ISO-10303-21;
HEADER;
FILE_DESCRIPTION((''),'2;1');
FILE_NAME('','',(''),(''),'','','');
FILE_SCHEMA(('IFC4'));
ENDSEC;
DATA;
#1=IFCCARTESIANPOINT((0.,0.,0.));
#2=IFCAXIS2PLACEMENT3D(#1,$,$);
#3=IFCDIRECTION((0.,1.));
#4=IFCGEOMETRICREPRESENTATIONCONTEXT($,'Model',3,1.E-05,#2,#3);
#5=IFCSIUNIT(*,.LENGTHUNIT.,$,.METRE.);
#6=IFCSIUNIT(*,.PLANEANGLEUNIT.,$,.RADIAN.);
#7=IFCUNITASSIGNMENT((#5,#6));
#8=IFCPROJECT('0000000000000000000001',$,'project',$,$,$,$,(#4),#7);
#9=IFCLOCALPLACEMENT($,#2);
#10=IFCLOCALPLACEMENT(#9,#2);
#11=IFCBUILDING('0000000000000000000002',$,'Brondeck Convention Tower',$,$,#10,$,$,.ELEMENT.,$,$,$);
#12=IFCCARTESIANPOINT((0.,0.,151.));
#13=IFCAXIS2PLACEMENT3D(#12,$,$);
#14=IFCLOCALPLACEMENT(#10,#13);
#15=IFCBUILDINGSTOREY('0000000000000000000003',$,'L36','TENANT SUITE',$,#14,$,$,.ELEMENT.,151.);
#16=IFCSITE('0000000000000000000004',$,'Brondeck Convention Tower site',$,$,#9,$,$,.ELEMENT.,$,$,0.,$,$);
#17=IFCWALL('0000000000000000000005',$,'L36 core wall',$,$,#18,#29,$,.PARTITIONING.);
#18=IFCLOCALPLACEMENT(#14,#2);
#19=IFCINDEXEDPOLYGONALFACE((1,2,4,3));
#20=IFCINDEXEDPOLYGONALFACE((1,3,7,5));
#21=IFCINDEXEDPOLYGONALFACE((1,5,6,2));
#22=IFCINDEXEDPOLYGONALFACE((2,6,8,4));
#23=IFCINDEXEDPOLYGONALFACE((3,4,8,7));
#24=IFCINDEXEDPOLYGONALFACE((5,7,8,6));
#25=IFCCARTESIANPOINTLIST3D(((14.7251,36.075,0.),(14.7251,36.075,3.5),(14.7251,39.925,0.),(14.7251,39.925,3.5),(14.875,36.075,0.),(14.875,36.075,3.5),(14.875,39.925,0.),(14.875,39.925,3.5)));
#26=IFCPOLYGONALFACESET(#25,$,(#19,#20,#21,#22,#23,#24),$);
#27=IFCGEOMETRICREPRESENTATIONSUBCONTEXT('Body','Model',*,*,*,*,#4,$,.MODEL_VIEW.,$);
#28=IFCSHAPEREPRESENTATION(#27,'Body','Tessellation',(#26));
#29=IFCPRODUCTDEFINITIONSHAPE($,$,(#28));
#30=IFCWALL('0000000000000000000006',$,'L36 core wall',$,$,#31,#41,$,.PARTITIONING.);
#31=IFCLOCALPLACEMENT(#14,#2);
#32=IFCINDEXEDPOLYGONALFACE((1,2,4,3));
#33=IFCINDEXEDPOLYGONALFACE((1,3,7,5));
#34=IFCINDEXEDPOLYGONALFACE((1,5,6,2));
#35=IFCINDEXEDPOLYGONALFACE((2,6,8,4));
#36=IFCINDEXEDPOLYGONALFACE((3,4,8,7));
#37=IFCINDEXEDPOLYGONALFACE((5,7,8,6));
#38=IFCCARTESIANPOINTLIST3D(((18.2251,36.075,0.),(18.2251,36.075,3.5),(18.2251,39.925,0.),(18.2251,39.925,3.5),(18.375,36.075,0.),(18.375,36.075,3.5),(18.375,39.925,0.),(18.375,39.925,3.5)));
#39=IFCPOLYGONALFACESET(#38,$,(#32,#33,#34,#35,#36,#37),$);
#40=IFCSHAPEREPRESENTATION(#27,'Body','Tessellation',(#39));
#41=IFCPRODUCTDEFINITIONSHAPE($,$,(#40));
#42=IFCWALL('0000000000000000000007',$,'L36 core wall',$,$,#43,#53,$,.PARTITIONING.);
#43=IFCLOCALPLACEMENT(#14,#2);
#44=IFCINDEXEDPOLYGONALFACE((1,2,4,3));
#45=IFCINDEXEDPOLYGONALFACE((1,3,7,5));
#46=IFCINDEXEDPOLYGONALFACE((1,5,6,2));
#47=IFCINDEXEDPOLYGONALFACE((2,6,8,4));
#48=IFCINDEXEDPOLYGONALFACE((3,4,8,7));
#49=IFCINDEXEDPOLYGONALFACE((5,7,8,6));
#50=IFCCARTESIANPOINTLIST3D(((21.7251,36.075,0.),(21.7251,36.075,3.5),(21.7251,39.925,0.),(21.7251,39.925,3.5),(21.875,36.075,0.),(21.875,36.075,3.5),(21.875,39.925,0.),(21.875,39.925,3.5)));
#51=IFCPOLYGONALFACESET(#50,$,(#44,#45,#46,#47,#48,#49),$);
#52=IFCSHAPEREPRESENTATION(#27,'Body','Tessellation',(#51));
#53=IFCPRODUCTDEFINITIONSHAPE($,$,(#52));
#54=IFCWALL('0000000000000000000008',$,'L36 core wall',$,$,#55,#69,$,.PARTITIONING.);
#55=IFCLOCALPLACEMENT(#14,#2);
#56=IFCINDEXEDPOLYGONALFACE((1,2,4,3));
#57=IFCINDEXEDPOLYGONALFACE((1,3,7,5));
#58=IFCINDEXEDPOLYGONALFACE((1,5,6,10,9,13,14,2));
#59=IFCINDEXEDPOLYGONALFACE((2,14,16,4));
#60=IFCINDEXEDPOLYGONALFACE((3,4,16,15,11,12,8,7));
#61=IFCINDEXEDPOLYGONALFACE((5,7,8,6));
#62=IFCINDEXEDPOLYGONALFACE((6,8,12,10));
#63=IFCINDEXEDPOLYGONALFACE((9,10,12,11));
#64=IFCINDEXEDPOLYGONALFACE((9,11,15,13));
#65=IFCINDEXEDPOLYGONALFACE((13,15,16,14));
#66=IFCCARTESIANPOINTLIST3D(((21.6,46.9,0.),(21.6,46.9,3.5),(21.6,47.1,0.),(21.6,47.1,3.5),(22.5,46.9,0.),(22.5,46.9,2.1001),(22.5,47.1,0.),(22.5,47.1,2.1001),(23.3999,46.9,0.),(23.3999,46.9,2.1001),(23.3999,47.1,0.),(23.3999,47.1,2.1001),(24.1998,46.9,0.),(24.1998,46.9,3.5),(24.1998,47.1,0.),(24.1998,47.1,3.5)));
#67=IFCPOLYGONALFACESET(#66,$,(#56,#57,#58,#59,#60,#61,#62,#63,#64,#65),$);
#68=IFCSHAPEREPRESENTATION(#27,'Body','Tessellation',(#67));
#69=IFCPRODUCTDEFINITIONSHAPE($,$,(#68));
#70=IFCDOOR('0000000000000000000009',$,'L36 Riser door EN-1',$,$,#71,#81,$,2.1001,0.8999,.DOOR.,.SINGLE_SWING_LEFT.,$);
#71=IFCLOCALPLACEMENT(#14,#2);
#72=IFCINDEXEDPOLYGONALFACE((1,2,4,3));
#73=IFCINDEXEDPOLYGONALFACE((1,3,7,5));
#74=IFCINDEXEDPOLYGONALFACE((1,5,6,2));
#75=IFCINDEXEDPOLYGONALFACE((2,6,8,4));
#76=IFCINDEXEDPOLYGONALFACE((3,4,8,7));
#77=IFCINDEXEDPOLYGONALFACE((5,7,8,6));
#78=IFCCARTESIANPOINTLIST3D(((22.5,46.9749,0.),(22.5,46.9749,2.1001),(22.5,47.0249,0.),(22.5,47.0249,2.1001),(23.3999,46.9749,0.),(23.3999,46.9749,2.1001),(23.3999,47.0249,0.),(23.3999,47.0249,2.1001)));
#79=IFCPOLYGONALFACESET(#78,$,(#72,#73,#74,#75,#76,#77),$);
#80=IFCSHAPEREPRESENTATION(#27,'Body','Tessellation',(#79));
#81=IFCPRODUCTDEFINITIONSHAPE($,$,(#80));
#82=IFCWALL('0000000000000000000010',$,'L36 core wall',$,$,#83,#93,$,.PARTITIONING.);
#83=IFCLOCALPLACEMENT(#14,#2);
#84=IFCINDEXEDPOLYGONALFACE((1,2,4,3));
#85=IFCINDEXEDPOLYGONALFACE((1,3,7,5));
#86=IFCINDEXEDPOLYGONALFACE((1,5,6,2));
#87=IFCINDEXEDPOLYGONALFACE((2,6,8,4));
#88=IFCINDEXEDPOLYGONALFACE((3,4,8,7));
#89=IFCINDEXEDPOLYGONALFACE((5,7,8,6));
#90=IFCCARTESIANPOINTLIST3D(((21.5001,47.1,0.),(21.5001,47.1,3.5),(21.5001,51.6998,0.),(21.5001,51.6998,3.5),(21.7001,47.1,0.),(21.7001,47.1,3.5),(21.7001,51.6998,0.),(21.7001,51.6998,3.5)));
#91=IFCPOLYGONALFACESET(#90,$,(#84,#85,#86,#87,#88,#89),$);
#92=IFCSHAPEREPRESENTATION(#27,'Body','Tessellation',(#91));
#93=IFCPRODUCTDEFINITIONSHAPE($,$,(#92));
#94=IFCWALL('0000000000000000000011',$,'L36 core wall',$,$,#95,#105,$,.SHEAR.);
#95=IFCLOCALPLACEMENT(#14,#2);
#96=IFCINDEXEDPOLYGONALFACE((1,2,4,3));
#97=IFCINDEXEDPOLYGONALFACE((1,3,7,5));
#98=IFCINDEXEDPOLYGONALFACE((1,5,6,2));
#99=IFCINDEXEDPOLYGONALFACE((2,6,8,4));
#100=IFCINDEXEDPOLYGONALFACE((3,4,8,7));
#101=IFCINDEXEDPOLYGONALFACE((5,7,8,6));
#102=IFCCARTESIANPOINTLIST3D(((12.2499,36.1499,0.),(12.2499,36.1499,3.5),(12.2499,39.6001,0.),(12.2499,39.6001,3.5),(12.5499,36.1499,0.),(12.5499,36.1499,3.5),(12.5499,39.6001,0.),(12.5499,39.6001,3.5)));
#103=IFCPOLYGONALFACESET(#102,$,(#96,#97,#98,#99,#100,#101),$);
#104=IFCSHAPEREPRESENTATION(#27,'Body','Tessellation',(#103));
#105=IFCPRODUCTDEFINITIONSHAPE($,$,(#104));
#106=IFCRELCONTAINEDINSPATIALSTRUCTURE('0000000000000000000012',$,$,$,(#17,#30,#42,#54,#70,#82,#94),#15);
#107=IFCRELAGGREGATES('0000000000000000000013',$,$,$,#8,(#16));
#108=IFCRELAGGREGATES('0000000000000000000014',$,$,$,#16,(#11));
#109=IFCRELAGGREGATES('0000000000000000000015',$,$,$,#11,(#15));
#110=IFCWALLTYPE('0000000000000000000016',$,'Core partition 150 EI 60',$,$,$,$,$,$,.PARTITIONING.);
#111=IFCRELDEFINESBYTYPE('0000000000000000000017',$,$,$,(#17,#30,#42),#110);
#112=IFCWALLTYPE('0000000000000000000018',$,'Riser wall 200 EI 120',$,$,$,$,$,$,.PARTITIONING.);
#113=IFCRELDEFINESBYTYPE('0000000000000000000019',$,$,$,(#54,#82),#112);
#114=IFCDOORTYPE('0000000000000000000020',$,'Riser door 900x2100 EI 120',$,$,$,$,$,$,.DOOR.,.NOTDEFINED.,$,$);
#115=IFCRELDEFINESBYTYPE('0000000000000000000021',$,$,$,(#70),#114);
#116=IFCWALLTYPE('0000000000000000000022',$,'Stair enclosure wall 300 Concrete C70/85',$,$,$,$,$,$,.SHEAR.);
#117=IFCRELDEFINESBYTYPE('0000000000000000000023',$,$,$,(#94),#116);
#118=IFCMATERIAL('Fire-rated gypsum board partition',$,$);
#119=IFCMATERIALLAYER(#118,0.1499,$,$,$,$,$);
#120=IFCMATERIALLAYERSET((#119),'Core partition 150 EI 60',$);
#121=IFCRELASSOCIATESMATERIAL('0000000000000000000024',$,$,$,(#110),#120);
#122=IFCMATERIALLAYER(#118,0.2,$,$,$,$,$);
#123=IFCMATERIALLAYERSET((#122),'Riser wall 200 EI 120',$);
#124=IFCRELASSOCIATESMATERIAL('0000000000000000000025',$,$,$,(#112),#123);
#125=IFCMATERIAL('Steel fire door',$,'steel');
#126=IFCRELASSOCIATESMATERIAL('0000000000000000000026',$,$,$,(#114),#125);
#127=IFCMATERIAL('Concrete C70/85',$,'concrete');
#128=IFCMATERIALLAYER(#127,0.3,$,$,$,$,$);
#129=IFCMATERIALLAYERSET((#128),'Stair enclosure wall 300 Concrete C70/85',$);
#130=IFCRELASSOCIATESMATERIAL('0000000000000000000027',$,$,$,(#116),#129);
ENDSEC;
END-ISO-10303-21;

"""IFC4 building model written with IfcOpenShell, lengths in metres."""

from ifc_helpers import new_model, si_unit, direction, frame, frame_2d, origin, place, context, subcontext, project, spatial, rectangle, extrude, material, layer, layer_set, type_object, element, fill, save


model = new_model("IFC4")

# Units and contexts
model_context = context("Model", 3, precision=1e-05, world=origin(), true_north=direction((0.0, 1.0)))
body_context = subcontext(model_context, "Body", "Model", "MODEL_VIEW")
ifc_project = project(units=[si_unit("LENGTHUNIT", "METRE"), si_unit("PLANEANGLEUNIT", "RADIAN")], contexts=[model_context])

# Site, building, storey
site_placement = place(None, origin())
site = spatial("IfcSite", under=ifc_project, at=site_placement, Name="Brondeck Convention Tower site", CompositionType="ELEMENT", RefElevation=0.0)
building_placement = place(site_placement, origin())
building = spatial("IfcBuilding", under=site, at=building_placement, Name="Brondeck Convention Tower", CompositionType="ELEMENT")
storey_placement = place(building_placement, frame((0.0, 0.0, 151.0)))
storey = spatial("IfcBuildingStorey", under=building, at=storey_placement, Name="L36", Description="TENANT SUITE", CompositionType="ELEMENT", Elevation=151.0)

# Shared definitions
ifc_material_1 = material(Name="Concrete C70/85", Category="concrete")
ifc_material_2 = material(Name="Steel fire door", Category="steel")

# Walls
ifc_material_3 = material(Name="Fire-rated gypsum board partition")
ifc_layer_1 = layer(ifc_material_3, 0.1499)
ifc_layer_set_1 = layer_set([ifc_layer_1], Name="Core partition 150 EI 60")
wall_type_1 = type_object("IfcWallType", Name="Core partition 150 EI 60", PredefinedType="PARTITIONING", material=ifc_layer_set_1)
for number, where, z_axis, x_axis, name in (
    (1, (14.8, 36.075, 0.0), (0.0, 0.0, 1.0), (0.0, 1.0, 0.0), "L36 core wall"),
    (2, (18.3, 36.075, 0.0), (0.0, 0.0, 1.0), (0.0, 1.0, 0.0), "L36 core wall"),
    (3, (21.8, 36.075, 0.0), (0.0, 0.0, 1.0), (0.0, 1.0, 0.0), "L36 core wall"),
):
    element("IfcWall", number, at=place(storey_placement, frame(where, z_axis=z_axis, x_axis=x_axis)), inside=storey, type_object=wall_type_1, Name=name, PredefinedType="PARTITIONING", context=body_context, shape_type="SweptSolid", body=[
        extrude(rectangle(XDim=3.8501, YDim=0.1499, at=frame_2d((1.925, 0.0))), origin(), (0.0, 0.0, 1.0), 3.5),
    ])

# Wall, opening, door
ifc_layer_2 = layer(ifc_material_3, 0.2)
ifc_layer_set_2 = layer_set([ifc_layer_2], Name="Riser wall 200 EI 120")
wall_type_2 = type_object("IfcWallType", Name="Riser wall 200 EI 120", PredefinedType="PARTITIONING", material=ifc_layer_set_2)
wall_1_placement = place(storey_placement, frame((21.6001, 47.0, 0.0), z_axis=(0.0, 0.0, 1.0), x_axis=(1.0, 0.0, 0.0)))
wall_1 = element("IfcWall", 4, at=wall_1_placement, inside=storey, type_object=wall_type_2, Name="L36 core wall", PredefinedType="PARTITIONING", context=body_context, shape_type="SweptSolid", body=[
    extrude(rectangle(XDim=2.5999, YDim=0.2, at=frame_2d((1.2998, 0.0))), origin(), (0.0, 0.0, 1.0), 3.5),
])
opening_1_placement = place(wall_1_placement, frame((0.8999, 0.0, 0.0)))
opening_1 = element("IfcOpeningElement", 5, at=opening_1_placement, cuts=wall_1, PredefinedType="OPENING", context=body_context, shape_type="SweptSolid", body=[
    extrude(rectangle(XDim=0.8999, YDim=2.1001, at=frame_2d((0.45, 1.05))), frame((0.0, 0.1099, 0.0), z_axis=(0.0, -1.0, 0.0), x_axis=(1.0, 0.0, 0.0)), (0.0, 0.0, 1.0), 0.22),
])
door_type_1 = type_object("IfcDoorType", Name="Riser door 900x2100 EI 120", OperationType="NOTDEFINED", PredefinedType="DOOR", material=ifc_material_2)
door_1_placement = place(opening_1_placement, origin())
door_1 = element("IfcDoor", 6, at=door_1_placement, inside=storey, type_object=door_type_1, Name="L36 Riser door EN-1", OperationType="SINGLE_SWING_LEFT", OverallHeight=2.1001, OverallWidth=0.8999, PredefinedType="DOOR", context=body_context, shape_type="SweptSolid", body=[
    extrude(rectangle(XDim=0.8999, YDim=2.1001, at=frame_2d((0.45, 1.05))), frame((0.0, 0.0249, 0.0), z_axis=(0.0, -1.0, 0.0), x_axis=(1.0, 0.0, 0.0)), (0.0, 0.0, 1.0), 0.05),
])
fill(opening_1, door_1)

# Walls
wall_2_placement = place(storey_placement, frame((21.6001, 47.1001, 0.0), z_axis=(0.0, 0.0, 1.0), x_axis=(0.0, 1.0, 0.0)))
element("IfcWall", 7, at=wall_2_placement, inside=storey, type_object=wall_type_2, Name="L36 core wall", PredefinedType="PARTITIONING", context=body_context, shape_type="SweptSolid", body=[
    extrude(rectangle(XDim=4.5999, YDim=0.2, at=frame_2d((2.2998, 0.0))), origin(), (0.0, 0.0, 1.0), 3.5),
])
ifc_layer_3 = layer(ifc_material_1, 0.3)
ifc_layer_set_3 = layer_set([ifc_layer_3], Name="Stair enclosure wall 300 Concrete C70/85")
wall_type_3 = type_object("IfcWallType", Name="Stair enclosure wall 300 Concrete C70/85", PredefinedType="SHEAR", material=ifc_layer_set_3)
wall_3_placement = place(storey_placement, frame((12.3999, 36.1499, 0.0), z_axis=(0.0, 0.0, 1.0), x_axis=(0.0, 1.0, 0.0)))
element("IfcWall", 8, at=wall_3_placement, inside=storey, type_object=wall_type_3, Name="L36 core wall", PredefinedType="SHEAR", context=body_context, shape_type="SweptSolid", body=[
    extrude(rectangle(XDim=3.4502, YDim=0.3, at=frame_2d((1.7251, 0.0))), origin(), (0.0, 0.0, 1.0), 3.5),
])

save(model, "model.ifc")
